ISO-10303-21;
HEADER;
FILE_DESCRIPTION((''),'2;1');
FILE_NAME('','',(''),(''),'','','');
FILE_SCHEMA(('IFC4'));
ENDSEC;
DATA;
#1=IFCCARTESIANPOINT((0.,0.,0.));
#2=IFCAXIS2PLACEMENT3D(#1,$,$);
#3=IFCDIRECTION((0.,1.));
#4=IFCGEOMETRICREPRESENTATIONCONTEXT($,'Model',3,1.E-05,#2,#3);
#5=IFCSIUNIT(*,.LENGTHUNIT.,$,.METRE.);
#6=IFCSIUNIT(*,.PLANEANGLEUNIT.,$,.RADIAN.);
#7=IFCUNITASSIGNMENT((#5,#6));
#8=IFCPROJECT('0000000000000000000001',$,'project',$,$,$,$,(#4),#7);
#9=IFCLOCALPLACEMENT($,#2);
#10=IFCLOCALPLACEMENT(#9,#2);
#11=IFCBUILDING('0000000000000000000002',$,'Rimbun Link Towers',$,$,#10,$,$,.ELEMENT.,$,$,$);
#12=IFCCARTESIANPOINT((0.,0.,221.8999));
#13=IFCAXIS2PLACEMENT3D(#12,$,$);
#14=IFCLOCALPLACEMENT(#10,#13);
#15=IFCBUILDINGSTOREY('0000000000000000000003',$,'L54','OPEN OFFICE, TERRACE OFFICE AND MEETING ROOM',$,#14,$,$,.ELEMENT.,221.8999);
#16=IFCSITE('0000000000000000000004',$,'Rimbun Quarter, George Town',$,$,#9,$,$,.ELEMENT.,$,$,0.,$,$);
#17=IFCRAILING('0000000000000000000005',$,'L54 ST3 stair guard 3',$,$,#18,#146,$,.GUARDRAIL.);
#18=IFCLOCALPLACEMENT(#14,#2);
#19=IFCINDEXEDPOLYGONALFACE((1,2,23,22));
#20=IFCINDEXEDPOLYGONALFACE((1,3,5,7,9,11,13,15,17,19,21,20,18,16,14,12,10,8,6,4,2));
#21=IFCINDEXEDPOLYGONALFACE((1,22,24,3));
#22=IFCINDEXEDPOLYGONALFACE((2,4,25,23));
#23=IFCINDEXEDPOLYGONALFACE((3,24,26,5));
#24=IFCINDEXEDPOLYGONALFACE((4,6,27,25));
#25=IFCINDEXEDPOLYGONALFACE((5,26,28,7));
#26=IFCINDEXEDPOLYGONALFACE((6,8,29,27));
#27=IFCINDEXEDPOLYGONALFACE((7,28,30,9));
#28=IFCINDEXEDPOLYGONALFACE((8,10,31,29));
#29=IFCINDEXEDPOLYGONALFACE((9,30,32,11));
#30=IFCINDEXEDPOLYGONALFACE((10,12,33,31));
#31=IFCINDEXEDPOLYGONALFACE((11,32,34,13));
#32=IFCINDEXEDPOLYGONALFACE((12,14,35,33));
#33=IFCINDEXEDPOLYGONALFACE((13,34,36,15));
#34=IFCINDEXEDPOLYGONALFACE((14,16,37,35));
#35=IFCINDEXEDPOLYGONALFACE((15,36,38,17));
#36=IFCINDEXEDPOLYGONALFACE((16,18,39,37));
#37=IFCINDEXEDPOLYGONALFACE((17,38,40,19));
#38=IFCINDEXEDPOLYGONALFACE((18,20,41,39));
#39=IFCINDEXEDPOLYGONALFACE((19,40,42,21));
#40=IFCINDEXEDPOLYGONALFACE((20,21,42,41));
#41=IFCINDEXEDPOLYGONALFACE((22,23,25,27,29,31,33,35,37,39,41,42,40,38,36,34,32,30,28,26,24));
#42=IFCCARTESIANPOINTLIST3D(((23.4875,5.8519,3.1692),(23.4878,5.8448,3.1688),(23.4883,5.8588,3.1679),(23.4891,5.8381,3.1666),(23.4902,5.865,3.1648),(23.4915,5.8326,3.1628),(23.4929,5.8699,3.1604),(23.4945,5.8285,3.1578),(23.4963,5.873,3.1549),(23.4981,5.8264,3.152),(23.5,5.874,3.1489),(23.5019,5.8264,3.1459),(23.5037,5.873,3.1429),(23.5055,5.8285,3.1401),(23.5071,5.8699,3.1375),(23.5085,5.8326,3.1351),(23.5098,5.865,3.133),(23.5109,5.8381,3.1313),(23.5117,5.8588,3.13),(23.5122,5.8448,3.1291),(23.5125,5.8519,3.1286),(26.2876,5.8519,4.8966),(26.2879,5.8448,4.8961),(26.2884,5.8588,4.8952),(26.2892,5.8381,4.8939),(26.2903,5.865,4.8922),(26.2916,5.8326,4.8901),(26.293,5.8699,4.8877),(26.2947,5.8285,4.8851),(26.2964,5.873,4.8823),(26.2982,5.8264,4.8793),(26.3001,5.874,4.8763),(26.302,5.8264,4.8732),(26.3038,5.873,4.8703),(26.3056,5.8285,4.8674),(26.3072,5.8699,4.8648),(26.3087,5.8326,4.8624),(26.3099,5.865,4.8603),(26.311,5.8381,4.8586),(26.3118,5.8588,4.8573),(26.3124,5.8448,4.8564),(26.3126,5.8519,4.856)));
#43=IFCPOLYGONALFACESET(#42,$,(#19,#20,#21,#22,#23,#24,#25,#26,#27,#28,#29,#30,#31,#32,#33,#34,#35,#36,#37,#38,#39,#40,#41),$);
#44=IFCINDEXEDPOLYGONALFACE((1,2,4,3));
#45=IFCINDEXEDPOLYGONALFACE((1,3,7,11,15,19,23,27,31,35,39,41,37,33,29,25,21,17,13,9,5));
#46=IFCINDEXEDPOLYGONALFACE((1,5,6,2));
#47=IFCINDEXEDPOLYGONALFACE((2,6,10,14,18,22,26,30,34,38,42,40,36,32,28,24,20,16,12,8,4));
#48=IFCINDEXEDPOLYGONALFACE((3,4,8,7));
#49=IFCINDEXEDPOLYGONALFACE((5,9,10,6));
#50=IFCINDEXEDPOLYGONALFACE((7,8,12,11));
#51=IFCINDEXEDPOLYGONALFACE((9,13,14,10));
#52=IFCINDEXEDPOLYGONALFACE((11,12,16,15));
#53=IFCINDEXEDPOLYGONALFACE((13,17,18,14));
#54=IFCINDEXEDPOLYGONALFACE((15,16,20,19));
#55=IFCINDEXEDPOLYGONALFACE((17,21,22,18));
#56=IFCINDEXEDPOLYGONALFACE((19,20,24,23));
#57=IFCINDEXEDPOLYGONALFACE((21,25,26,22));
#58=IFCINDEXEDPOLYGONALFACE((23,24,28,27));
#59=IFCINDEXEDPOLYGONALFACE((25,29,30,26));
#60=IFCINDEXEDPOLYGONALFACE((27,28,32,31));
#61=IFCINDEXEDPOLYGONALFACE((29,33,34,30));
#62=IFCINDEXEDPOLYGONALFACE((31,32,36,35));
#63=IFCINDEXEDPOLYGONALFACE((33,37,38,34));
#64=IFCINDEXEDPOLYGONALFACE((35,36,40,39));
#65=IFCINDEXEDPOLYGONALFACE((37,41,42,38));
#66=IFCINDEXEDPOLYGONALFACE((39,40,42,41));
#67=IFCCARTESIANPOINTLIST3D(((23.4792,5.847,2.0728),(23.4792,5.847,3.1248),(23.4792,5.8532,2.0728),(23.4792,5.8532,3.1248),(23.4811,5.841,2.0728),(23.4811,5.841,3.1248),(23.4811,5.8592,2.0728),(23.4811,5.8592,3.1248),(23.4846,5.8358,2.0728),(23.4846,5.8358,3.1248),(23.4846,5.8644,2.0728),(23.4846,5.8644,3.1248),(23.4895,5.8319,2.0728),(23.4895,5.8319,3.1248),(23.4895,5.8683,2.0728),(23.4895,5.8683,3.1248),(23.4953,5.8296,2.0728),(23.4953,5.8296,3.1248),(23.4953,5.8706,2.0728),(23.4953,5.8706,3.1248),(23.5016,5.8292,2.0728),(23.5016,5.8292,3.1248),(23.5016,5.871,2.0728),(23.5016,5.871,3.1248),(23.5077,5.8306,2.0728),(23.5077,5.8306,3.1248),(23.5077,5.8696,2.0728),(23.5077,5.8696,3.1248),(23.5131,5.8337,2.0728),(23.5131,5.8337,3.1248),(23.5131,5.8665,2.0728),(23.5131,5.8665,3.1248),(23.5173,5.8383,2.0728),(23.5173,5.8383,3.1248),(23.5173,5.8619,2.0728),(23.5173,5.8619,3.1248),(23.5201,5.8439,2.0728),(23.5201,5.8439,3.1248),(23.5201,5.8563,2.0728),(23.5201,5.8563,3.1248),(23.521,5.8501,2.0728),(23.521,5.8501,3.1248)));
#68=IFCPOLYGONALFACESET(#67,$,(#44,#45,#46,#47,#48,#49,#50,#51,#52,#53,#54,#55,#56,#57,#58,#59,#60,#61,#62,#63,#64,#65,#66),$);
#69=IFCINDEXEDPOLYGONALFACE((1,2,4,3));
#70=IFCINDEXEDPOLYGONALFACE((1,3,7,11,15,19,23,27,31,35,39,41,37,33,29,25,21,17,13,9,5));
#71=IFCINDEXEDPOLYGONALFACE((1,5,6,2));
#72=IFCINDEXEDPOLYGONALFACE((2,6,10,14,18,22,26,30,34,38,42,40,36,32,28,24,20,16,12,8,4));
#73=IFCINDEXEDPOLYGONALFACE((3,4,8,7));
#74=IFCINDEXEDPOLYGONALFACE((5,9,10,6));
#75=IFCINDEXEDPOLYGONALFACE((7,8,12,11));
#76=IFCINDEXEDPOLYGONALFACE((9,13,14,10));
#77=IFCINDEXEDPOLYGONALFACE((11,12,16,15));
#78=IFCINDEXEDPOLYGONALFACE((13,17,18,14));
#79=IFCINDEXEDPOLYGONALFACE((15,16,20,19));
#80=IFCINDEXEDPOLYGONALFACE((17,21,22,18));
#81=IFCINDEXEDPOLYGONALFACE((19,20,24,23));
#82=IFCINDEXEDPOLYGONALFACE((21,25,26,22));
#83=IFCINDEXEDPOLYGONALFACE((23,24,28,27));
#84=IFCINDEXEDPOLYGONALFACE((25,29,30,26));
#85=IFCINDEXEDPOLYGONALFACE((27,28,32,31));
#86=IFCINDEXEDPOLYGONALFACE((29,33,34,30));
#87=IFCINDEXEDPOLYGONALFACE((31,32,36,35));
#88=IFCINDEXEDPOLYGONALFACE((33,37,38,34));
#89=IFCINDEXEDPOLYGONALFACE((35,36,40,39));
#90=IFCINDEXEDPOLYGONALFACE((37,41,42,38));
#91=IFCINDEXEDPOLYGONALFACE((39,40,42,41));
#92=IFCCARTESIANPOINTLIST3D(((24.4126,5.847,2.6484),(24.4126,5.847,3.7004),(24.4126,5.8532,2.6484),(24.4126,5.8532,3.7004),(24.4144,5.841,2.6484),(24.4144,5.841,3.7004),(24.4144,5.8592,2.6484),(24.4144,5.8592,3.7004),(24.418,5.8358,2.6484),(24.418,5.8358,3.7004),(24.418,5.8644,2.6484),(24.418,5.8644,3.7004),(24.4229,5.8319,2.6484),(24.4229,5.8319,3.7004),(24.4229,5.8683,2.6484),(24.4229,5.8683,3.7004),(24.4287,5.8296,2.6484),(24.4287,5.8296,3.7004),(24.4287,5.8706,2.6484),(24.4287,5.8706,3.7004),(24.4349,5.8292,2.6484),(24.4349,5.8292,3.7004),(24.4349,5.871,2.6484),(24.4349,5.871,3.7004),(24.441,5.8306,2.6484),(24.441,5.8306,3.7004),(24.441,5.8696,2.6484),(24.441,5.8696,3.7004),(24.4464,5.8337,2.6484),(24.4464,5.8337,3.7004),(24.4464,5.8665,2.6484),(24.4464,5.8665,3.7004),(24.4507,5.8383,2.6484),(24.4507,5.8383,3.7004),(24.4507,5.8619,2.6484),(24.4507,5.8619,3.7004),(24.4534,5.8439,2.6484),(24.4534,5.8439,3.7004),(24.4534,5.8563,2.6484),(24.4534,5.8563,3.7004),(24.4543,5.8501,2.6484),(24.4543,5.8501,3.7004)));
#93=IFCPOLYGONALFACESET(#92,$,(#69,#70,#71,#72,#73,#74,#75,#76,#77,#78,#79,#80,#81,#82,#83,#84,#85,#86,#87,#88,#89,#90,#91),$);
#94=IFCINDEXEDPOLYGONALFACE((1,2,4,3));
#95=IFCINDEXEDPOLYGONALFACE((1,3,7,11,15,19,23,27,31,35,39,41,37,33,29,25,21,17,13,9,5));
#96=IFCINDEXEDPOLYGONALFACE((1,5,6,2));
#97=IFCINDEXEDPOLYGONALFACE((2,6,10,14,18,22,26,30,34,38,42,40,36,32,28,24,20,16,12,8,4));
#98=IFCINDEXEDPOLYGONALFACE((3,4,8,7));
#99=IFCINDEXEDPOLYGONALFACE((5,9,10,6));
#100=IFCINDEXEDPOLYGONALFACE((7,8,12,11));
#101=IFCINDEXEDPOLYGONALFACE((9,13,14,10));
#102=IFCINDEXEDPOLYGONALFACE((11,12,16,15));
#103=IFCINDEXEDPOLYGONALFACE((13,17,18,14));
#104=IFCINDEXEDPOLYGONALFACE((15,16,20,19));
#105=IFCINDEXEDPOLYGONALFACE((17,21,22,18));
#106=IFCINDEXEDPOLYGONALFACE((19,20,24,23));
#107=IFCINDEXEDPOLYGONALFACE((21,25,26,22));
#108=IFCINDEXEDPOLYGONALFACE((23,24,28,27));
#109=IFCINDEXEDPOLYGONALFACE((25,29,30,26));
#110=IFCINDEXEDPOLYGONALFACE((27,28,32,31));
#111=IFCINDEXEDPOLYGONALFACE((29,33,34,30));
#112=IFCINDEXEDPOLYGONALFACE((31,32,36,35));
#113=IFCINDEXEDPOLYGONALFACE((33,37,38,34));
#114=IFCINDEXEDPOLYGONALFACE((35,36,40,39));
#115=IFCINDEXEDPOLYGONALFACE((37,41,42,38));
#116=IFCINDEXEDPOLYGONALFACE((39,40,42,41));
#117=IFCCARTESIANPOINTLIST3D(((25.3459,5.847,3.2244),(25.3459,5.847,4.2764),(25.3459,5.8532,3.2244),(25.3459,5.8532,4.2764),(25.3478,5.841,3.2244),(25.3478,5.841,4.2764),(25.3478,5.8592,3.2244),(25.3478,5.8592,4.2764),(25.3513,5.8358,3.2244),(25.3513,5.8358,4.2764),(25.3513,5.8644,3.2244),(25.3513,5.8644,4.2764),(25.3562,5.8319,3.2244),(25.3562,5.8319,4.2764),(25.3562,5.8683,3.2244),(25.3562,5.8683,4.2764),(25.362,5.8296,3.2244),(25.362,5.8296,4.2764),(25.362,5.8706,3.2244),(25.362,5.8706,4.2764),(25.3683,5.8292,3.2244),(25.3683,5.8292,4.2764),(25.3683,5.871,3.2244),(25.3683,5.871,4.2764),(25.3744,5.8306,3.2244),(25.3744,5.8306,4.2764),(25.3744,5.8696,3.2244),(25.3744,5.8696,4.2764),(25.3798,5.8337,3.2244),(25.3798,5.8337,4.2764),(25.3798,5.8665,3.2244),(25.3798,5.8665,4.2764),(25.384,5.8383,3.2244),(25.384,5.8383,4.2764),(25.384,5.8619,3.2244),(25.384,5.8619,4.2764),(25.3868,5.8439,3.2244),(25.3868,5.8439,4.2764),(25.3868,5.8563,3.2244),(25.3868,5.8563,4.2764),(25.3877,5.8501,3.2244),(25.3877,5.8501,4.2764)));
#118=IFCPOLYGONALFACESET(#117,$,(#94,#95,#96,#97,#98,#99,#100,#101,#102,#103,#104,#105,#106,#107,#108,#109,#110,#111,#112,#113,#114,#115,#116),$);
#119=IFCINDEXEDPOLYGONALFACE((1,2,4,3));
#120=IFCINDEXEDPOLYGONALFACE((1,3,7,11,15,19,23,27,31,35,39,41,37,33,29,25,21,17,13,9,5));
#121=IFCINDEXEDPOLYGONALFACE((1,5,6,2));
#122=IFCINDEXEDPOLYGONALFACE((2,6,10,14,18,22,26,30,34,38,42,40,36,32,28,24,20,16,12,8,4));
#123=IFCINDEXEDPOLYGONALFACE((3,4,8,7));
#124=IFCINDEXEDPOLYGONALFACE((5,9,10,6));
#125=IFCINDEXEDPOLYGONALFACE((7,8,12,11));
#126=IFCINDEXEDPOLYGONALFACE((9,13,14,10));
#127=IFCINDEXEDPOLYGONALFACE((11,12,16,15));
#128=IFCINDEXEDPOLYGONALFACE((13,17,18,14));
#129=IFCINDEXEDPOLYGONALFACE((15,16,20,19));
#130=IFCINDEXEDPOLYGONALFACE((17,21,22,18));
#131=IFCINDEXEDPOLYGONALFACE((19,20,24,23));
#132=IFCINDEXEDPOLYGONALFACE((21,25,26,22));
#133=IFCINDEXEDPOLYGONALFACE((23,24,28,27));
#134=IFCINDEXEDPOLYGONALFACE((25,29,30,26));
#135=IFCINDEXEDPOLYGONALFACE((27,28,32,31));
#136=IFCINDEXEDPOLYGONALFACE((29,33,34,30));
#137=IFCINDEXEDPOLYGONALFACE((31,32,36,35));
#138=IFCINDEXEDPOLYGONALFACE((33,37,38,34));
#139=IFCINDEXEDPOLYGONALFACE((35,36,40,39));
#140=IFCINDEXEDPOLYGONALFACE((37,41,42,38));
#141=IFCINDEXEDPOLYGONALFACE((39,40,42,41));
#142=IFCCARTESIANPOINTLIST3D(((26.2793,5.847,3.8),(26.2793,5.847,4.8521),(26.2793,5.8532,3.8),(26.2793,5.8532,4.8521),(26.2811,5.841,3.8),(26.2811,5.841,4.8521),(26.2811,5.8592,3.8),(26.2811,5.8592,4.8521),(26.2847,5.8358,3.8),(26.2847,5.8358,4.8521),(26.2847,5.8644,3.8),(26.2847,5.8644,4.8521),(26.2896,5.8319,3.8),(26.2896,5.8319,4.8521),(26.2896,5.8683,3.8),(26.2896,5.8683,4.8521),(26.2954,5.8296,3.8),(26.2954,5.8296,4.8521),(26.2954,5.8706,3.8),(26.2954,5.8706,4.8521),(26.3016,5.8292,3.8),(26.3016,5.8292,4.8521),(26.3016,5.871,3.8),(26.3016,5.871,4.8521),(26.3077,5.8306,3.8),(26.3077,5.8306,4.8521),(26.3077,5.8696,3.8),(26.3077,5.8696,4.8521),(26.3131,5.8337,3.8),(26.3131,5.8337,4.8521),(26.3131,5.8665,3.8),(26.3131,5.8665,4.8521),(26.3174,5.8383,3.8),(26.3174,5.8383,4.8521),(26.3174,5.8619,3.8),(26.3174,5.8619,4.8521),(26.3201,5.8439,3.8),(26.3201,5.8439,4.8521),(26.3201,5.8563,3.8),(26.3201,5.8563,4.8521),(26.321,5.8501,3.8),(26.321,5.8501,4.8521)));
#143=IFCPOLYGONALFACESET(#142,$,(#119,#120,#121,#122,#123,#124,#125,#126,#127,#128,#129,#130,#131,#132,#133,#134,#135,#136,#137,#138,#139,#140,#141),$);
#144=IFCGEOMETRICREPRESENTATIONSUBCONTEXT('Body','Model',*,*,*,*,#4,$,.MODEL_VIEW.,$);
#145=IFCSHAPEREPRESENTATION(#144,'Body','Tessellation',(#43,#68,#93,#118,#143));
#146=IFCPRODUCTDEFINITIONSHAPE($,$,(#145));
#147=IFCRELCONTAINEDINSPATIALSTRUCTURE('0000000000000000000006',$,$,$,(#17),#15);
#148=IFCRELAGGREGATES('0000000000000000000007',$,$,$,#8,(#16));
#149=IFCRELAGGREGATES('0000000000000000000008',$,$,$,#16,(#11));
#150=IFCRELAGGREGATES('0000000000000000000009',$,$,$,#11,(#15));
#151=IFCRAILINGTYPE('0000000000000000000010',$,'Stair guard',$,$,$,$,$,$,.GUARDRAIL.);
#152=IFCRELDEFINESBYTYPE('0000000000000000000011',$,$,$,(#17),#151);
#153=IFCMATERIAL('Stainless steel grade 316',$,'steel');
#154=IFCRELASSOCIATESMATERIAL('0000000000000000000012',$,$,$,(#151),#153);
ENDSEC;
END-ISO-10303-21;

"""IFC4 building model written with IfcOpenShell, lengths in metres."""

from ifc_helpers import new_model, si_unit, direction, frame, origin, origin_2d, place, context, subcontext, project, spatial, circle, extrude, material, type_object, element, save


model = new_model("IFC4")

# Units and contexts
model_context = context("Model", 3, precision=1e-05, world=origin(), true_north=direction((0.0, 1.0)))
body_context = subcontext(model_context, "Body", "Model", "MODEL_VIEW")
ifc_project = project(units=[si_unit("LENGTHUNIT", "METRE"), si_unit("PLANEANGLEUNIT", "RADIAN")], contexts=[model_context])

# Site, building, storey
site_placement = place(None, origin())
site = spatial("IfcSite", under=ifc_project, at=site_placement, Name="Rimbun Quarter, George Town", CompositionType="ELEMENT", RefElevation=0.0)
building_placement = place(site_placement, origin())
building = spatial("IfcBuilding", under=site, at=building_placement, Name="Rimbun Link Towers", CompositionType="ELEMENT")
storey_placement = place(building_placement, frame((0.0, 0.0, 221.8999)))
storey = spatial("IfcBuildingStorey", under=building, at=storey_placement, Name="L54", Description="OPEN OFFICE, TERRACE OFFICE AND MEETING ROOM", CompositionType="ELEMENT", Elevation=221.8999)

# Railing
ifc_material_1 = material(Name="Stainless steel grade 316", Category="steel")
railing_type_1 = type_object("IfcRailingType", Name="Stair guard", PredefinedType="GUARDRAIL", material=ifc_material_1)
railing_1_placement = place(storey_placement, frame((23.5, 5.8501, 2.0728)))
element("IfcRailing", 1, at=railing_1_placement, inside=storey, type_object=railing_type_1, Name="L54 ST3 stair guard 3", PredefinedType="GUARDRAIL", context=body_context, shape_type="SweptSolid", body=[
    extrude(circle(Radius=0.0239, at=origin_2d()), frame((0.0, 0.0, 1.0762), z_axis=(0.85109, 0.0, 0.52502), x_axis=(0.0, 1.0, 0.0)), (0.0, 0.0, 1.0), 3.29),
    extrude(circle(Radius=0.021, at=origin_2d()), origin(), (0.0, 0.0, 1.0), 1.052),
    extrude(circle(Radius=0.021, at=origin_2d()), frame((0.9333, 0.0, 0.5757)), (0.0, 0.0, 1.0), 1.052),
    extrude(circle(Radius=0.021, at=origin_2d()), frame((1.8667, 0.0, 1.1516)), (0.0, 0.0, 1.0), 1.052),
    extrude(circle(Radius=0.021, at=origin_2d()), frame((2.8, 0.0, 1.7273)), (0.0, 0.0, 1.0), 1.052),
])

save(model, "model.ifc")
